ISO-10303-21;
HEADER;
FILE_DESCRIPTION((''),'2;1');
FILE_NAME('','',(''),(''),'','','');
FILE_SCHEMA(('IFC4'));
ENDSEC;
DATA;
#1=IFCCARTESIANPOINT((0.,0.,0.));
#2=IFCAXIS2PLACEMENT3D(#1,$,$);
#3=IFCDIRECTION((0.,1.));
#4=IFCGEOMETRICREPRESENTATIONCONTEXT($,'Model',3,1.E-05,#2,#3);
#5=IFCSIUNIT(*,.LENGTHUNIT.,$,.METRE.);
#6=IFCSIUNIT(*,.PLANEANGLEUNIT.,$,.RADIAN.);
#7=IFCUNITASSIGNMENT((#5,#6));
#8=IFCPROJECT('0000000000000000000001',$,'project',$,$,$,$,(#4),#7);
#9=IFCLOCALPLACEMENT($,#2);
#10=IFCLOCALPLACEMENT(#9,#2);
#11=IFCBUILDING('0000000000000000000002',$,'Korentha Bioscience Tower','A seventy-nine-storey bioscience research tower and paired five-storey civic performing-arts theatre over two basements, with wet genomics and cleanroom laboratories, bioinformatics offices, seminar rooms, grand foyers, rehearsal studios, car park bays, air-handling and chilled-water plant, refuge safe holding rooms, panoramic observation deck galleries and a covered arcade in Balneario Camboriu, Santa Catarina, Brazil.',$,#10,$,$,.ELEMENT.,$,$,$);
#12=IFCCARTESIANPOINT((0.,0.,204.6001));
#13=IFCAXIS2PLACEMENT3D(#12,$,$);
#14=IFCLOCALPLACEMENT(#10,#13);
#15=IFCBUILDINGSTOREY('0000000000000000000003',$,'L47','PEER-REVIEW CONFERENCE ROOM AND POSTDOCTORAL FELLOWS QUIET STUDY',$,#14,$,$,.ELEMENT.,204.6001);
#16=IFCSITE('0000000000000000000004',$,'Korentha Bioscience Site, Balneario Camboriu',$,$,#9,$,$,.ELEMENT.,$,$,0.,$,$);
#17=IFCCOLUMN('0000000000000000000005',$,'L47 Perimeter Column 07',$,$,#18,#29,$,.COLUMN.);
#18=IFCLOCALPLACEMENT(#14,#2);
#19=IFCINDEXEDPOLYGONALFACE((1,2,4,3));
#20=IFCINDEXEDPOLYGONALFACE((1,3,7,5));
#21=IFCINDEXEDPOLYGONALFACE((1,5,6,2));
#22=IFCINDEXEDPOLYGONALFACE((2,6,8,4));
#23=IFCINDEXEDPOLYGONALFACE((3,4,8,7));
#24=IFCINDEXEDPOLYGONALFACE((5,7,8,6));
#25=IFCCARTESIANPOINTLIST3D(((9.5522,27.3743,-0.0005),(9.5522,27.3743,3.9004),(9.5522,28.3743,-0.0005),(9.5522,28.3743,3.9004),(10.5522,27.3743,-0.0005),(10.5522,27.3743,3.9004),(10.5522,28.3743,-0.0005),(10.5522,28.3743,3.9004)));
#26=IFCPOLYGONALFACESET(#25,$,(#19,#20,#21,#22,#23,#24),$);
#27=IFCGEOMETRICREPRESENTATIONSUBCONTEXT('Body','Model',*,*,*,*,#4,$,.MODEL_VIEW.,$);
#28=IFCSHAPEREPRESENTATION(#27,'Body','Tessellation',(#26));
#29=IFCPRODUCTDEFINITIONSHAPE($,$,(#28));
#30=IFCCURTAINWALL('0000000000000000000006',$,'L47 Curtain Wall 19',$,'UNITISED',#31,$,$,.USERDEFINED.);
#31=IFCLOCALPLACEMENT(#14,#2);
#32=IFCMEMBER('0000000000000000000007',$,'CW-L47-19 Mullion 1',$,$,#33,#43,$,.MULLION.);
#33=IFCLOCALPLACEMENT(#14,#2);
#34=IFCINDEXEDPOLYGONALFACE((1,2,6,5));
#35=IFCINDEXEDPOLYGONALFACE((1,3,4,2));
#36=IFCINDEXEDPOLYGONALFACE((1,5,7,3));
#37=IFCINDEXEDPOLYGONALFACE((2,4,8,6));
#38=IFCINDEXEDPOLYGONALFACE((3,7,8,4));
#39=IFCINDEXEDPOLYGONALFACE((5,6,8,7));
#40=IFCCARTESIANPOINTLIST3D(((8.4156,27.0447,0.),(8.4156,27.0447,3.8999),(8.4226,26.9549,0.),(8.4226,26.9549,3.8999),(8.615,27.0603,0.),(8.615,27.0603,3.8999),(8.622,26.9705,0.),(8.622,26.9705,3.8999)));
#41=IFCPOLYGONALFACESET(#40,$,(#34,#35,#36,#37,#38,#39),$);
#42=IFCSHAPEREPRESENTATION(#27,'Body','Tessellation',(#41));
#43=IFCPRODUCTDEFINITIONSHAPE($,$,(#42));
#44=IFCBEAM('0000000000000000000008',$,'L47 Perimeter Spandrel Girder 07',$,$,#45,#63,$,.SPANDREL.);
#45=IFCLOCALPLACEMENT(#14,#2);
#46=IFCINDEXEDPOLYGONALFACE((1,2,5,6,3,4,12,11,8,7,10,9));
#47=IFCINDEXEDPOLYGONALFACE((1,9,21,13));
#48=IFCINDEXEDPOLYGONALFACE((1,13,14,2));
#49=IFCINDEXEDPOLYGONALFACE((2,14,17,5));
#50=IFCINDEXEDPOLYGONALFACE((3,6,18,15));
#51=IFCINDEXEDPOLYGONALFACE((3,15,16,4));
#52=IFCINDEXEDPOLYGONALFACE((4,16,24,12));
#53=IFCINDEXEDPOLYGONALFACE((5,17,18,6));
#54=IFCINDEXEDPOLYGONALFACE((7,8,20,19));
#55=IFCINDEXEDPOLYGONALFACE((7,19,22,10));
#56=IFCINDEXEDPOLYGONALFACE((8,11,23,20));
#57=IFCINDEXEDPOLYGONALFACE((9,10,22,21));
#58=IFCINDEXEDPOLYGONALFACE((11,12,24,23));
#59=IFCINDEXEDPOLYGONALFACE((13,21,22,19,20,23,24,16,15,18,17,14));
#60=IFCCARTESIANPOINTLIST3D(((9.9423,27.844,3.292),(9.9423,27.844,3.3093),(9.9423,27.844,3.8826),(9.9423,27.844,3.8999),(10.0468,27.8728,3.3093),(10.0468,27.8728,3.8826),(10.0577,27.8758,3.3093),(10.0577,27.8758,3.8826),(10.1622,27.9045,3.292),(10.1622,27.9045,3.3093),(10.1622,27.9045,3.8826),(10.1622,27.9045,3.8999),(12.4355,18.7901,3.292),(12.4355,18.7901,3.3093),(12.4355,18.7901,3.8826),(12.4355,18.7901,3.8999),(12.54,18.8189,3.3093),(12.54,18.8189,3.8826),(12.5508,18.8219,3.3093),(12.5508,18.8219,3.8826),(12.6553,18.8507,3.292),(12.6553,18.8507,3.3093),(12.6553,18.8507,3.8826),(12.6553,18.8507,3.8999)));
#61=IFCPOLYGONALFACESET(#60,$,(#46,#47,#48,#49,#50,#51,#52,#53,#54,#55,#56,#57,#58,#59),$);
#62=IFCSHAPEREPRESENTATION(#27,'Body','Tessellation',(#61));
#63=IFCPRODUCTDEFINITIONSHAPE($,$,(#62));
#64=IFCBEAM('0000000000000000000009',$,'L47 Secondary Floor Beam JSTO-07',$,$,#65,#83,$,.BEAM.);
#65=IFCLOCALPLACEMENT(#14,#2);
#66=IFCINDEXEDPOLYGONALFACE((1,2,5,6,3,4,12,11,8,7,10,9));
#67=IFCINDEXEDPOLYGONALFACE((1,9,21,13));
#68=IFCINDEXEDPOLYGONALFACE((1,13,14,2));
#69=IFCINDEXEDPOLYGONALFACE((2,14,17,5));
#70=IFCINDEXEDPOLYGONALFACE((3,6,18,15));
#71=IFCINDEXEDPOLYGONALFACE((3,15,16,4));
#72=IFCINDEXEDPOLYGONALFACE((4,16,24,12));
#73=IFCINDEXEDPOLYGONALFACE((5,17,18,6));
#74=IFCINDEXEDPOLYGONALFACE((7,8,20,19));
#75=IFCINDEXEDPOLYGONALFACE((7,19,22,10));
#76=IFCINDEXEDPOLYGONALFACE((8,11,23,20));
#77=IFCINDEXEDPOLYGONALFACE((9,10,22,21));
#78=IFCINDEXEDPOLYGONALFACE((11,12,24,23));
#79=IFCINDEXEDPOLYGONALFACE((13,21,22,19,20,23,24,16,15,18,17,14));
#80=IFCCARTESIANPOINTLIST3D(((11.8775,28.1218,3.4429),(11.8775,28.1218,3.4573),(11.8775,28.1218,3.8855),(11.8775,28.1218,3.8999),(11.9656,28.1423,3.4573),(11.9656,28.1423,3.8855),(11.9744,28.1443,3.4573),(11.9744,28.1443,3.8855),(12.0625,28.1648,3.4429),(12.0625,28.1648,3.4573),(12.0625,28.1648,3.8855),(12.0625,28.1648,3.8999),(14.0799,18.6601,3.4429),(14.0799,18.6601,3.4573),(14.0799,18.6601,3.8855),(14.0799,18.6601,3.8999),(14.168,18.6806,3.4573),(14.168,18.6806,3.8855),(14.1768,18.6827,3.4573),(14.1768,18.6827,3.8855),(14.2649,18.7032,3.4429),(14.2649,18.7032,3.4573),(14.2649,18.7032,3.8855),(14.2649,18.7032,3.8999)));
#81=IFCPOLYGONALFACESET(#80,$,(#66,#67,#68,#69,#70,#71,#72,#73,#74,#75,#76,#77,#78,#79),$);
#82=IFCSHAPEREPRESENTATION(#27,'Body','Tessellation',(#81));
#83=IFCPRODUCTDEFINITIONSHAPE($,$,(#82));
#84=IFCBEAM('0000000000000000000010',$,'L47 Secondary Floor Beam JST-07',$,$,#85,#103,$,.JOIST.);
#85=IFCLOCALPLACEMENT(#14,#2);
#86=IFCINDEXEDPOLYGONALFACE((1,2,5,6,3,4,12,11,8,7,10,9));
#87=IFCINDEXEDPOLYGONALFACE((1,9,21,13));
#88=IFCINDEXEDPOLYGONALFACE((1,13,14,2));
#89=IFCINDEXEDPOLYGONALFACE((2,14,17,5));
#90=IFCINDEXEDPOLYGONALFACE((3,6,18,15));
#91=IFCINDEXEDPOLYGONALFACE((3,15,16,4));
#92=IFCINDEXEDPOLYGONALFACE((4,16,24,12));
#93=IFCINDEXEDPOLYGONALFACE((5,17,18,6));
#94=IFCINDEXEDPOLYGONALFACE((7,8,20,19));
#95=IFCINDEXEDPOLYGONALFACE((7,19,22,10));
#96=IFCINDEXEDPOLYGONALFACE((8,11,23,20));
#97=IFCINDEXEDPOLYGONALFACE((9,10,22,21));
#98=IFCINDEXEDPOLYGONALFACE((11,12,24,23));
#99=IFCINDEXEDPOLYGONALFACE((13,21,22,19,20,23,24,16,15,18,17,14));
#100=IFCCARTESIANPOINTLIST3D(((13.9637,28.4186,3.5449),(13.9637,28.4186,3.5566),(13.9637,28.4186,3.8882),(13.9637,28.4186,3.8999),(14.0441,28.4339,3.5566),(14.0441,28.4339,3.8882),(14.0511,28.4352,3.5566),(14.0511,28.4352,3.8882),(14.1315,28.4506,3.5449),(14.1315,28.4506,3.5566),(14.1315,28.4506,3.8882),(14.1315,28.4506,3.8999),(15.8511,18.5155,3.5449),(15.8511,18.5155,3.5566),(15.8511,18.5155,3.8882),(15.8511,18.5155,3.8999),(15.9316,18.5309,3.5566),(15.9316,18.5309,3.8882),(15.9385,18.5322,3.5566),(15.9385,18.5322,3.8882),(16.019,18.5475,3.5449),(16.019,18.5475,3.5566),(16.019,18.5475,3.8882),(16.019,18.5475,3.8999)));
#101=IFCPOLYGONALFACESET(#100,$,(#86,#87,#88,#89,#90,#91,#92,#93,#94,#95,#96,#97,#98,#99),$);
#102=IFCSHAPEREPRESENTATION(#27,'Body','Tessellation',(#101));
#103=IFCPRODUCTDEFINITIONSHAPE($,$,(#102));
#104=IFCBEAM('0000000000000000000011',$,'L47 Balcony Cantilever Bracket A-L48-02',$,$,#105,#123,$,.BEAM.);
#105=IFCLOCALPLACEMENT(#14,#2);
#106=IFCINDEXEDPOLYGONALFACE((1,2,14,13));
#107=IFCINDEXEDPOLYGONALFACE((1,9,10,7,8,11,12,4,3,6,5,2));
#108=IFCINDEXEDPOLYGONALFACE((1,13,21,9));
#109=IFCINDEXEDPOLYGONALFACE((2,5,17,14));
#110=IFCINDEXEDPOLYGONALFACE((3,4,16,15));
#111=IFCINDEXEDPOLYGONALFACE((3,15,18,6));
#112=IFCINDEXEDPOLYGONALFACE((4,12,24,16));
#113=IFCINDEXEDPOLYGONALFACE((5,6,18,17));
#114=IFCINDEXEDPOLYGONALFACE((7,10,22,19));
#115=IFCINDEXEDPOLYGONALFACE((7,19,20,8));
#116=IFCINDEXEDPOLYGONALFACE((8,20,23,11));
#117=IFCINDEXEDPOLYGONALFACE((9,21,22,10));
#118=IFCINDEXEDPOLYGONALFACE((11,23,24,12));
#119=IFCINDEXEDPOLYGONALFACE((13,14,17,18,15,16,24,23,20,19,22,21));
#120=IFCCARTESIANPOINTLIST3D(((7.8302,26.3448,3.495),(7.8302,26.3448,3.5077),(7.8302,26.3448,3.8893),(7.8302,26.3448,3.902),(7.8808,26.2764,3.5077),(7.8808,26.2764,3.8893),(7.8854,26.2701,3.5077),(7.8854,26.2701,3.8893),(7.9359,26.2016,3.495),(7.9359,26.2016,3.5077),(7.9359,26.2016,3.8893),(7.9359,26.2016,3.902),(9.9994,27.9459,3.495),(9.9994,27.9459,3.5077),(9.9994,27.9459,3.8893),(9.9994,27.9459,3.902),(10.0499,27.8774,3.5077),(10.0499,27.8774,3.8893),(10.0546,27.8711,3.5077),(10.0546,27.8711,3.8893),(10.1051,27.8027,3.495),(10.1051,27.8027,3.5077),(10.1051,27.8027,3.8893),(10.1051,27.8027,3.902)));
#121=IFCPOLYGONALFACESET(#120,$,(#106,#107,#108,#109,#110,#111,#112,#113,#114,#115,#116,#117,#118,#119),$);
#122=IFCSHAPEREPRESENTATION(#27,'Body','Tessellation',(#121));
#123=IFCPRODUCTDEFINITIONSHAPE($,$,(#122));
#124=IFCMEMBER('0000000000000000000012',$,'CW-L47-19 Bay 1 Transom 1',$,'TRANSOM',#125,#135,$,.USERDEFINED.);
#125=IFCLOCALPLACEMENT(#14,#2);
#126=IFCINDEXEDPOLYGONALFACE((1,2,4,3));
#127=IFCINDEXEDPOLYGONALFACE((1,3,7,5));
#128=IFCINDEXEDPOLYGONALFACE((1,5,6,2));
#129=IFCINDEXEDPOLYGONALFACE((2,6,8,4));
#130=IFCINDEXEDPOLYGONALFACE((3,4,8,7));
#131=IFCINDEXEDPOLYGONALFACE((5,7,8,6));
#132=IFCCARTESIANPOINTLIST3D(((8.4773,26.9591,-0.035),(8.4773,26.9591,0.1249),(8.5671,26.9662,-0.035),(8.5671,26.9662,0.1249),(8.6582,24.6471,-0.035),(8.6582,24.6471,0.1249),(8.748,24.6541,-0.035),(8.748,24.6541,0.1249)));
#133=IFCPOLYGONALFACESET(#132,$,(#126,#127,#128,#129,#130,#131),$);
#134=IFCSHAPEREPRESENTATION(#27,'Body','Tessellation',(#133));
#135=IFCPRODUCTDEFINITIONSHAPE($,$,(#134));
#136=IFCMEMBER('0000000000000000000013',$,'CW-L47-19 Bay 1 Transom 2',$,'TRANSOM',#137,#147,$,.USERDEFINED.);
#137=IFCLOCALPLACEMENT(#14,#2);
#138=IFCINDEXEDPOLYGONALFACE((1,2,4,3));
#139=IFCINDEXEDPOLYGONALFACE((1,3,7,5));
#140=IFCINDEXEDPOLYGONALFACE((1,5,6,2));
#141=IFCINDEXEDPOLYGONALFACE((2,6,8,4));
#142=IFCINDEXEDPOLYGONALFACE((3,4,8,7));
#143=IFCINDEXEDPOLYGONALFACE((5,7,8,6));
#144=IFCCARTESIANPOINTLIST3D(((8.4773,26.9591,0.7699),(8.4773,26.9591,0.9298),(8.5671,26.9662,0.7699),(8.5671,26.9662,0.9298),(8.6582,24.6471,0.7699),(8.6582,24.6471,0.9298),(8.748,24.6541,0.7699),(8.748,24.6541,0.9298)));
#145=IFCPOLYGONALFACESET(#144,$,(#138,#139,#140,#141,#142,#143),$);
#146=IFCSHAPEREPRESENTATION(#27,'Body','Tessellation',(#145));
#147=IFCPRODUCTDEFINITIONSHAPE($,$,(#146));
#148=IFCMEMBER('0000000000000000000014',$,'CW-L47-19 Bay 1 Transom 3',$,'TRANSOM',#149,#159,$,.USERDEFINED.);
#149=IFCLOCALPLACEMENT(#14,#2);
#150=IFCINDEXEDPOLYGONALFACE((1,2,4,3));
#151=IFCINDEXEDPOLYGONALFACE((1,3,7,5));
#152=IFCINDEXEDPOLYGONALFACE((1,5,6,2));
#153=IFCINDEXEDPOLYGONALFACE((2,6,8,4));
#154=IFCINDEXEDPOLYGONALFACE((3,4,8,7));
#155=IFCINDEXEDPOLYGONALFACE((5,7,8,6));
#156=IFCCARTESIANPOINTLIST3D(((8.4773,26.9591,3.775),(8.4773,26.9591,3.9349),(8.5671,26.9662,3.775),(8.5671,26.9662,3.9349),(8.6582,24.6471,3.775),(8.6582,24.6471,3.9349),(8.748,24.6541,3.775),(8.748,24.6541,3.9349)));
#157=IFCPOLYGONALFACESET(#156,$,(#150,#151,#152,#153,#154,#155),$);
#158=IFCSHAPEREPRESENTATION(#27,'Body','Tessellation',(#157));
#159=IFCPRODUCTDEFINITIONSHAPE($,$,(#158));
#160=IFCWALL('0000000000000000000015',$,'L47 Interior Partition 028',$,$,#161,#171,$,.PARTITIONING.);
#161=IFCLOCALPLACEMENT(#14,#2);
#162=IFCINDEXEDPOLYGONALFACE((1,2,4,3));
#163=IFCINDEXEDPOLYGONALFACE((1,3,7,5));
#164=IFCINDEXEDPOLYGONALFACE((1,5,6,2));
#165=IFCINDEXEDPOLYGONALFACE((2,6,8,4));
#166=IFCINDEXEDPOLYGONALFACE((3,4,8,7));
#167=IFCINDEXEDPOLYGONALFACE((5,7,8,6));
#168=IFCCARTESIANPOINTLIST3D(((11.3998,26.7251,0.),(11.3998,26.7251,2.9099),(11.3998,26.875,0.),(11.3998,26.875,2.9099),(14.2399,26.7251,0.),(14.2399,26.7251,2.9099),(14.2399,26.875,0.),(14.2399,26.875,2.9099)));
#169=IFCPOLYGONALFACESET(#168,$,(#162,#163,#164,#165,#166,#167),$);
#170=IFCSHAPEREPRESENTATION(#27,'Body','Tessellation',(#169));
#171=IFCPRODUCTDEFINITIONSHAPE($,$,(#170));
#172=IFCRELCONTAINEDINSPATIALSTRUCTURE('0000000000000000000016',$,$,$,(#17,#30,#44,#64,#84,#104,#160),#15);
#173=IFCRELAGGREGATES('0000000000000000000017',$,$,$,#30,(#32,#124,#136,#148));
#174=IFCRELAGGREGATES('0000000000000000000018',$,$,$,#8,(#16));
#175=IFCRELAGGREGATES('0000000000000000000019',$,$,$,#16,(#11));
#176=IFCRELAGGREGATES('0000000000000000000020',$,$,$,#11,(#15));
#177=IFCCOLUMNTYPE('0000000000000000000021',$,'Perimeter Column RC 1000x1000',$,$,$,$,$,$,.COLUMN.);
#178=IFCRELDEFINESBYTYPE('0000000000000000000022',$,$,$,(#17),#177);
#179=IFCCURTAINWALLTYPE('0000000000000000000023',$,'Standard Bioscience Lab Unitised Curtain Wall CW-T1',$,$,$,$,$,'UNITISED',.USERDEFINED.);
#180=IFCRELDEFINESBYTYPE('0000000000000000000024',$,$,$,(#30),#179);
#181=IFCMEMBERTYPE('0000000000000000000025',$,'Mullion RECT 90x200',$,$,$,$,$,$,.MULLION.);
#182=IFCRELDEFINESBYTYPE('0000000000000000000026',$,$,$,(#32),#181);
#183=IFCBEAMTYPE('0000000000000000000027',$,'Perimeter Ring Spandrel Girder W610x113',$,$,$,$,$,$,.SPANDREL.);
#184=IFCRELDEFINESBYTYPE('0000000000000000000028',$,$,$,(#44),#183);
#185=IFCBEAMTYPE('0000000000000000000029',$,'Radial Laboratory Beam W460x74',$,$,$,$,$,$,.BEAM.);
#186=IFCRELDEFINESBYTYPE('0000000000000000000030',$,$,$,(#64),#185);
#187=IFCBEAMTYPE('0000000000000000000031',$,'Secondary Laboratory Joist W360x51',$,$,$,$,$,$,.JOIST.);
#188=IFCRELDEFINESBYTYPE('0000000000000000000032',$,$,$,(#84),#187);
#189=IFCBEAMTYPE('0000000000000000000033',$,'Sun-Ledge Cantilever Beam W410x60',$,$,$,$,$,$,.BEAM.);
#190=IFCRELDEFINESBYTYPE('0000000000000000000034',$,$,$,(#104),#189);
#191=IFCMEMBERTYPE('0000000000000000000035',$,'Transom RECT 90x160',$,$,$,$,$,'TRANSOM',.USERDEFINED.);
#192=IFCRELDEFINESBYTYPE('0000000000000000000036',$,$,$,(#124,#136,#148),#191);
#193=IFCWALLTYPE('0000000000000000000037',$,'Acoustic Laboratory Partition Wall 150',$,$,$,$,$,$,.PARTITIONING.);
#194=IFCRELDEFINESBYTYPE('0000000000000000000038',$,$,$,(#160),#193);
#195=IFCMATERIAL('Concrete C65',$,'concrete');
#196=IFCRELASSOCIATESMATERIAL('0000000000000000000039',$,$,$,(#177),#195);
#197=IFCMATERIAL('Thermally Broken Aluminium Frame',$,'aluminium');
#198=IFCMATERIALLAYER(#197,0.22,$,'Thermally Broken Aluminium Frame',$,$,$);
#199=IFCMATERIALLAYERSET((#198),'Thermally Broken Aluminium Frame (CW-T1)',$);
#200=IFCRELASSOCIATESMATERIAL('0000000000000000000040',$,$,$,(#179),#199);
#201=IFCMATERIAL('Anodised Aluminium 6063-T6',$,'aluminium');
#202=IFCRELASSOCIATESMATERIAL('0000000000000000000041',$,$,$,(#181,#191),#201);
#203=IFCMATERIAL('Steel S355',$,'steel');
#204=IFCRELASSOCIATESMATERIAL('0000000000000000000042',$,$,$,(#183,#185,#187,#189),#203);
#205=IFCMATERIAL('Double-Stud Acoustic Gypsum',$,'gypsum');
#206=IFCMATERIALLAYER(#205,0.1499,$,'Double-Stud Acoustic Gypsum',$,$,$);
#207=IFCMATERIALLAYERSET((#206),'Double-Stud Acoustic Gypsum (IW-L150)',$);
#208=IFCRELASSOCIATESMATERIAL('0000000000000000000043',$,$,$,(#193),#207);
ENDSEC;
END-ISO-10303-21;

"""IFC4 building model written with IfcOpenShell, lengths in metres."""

from ifc_helpers import new_model, si_unit, direction, frame, frame_2d, origin, origin_2d, place, context, subcontext, project, spatial, rectangle, i_section, extrude, material, layer, layer_set, material_profile, profile_set, type_object, element, aggregate, save


model = new_model("IFC4")

# Units and contexts
model_context = context("Model", 3, precision=1e-05, world=origin(), true_north=direction((0.0, 1.0)))
body_context = subcontext(model_context, "Body", "Model", "MODEL_VIEW")
ifc_project = project(units=[si_unit("LENGTHUNIT", "METRE"), si_unit("PLANEANGLEUNIT", "RADIAN")], contexts=[model_context])

# Site, building, storey
site_placement = place(None, origin())
site = spatial("IfcSite", under=ifc_project, at=site_placement, Name="Korentha Bioscience Site, Balneario Camboriu", CompositionType="ELEMENT", RefElevation=0.0)
building_placement = place(site_placement, origin())
building = spatial("IfcBuilding", under=site, at=building_placement, Name="Korentha Bioscience Tower", Description="A seventy-nine-storey bioscience research tower and paired five-storey civic performing-arts theatre over two basements, with wet genomics and cleanroom laboratories, bioinformatics offices, seminar rooms, grand foyers, rehearsal studios, car park bays, air-handling and chilled-water plant, refuge safe holding rooms, panoramic observation deck galleries and a covered arcade in Balneario Camboriu, Santa Catarina, Brazil.", CompositionType="ELEMENT")
storey_placement = place(building_placement, frame((0.0, 0.0, 204.6001)))
storey = spatial("IfcBuildingStorey", under=building, at=storey_placement, Name="L47", Description="PEER-REVIEW CONFERENCE ROOM AND POSTDOCTORAL FELLOWS QUIET STUDY", CompositionType="ELEMENT", Elevation=204.6001)

# Column
ifc_material_1 = material(Name="Concrete C65", Category="concrete")
ifc_material_profile_1 = material_profile(ifc_material_1, rectangle(XDim=1.0, YDim=1.0, at=origin_2d()), Name="Concrete C65")
ifc_profile_set_1 = profile_set([ifc_material_profile_1], Name="Concrete C65 (COL-P10)")
column_type = type_object("IfcColumnType", Name="Perimeter Column RC 1000x1000", PredefinedType="COLUMN", material=ifc_profile_set_1)
column_placement = place(storey_placement, frame((10.0522, 27.8743, -0.0005), z_axis=(0.0, 0.0, 1.0), x_axis=(0.0, 1.0, 0.0)))
element("IfcColumn", 1, at=column_placement, inside=storey, type_object=column_type, Name="L47 Perimeter Column 07", PredefinedType="COLUMN", context=body_context, shape_type="SweptSolid", body=[
    extrude(rectangle(XDim=1.0, YDim=1.0, at=origin_2d()), origin(), (0.0, 0.0, 1.0), 3.9009),
])

# Curtain wall, member
ifc_material_2 = material(Name="Thermally Broken Aluminium Frame", Category="aluminium")
ifc_layer_1 = layer(ifc_material_2, 0.22, Name="Thermally Broken Aluminium Frame")
ifc_layer_set_1 = layer_set([ifc_layer_1], Name="Thermally Broken Aluminium Frame (CW-T1)")
curtain_wall_type = type_object("IfcCurtainWallType", Name="Standard Bioscience Lab Unitised Curtain Wall CW-T1", ElementType="UNITISED", PredefinedType="USERDEFINED", material=ifc_layer_set_1)
curtain_wall_placement = place(storey_placement, origin())
curtain_wall = element("IfcCurtainWall", 2, at=curtain_wall_placement, inside=storey, type_object=curtain_wall_type, Name="L47 Curtain Wall 19", ObjectType="UNITISED", PredefinedType="USERDEFINED")
ifc_material_3 = material(Name="Anodised Aluminium 6063-T6", Category="aluminium")
ifc_material_profile_2 = material_profile(ifc_material_3, rectangle(XDim=0.0901, YDim=0.2, at=origin_2d()), Name="Anodised Aluminium 6063-T6")
ifc_profile_set_2 = profile_set([ifc_material_profile_2], Name="Anodised Aluminium 6063-T6 (CW-MUL)")
member_type_1 = type_object("IfcMemberType", Name="Mullion RECT 90x200", PredefinedType="MULLION", material=ifc_profile_set_2)
member_1_placement = place(storey_placement, frame((8.5188, 27.0076, 0.0), z_axis=(0.0, 0.0, 1.0), x_axis=(0.077988, -0.996954, 0.0)))
member_1 = element("IfcMember", 3, at=member_1_placement, type_object=member_type_1, Name="CW-L47-19 Mullion 1", PredefinedType="MULLION", context=body_context, shape_type="SweptSolid", body=[
    extrude(rectangle(XDim=0.0901, YDim=0.2, at=origin_2d()), origin(), (0.0, 0.0, 1.0), 3.8999),
])

# Beams
ifc_material_4 = material(Name="Steel S355", Category="steel")
ifc_material_profile_3 = material_profile(ifc_material_4, i_section(OverallWidth=0.228, OverallDepth=0.6079, WebThickness=0.0112, FlangeThickness=0.0173, at=origin_2d()), Name="Steel S355")
ifc_profile_set_3 = profile_set([ifc_material_profile_3], Name="Steel S355 (SB-610)")
beam_type_1 = type_object("IfcBeamType", Name="Perimeter Ring Spandrel Girder W610x113", PredefinedType="SPANDREL", material=ifc_profile_set_3)
beam_1_placement = place(storey_placement, frame((10.0522, 27.8743, 3.5959), z_axis=(0.265486, -0.964115, 0.0), x_axis=(0.964115, 0.265486, 0.0)))
element("IfcBeam", 4, at=beam_1_placement, inside=storey, type_object=beam_type_1, Name="L47 Perimeter Spandrel Girder 07", PredefinedType="SPANDREL", context=body_context, shape_type="SweptSolid", body=[
    extrude(i_section(OverallWidth=0.228, OverallDepth=0.6079, WebThickness=0.0112, FlangeThickness=0.0173, at=origin_2d()), origin(), (0.0, 0.0, 1.0), 9.3909),
])
ifc_material_profile_4 = material_profile(ifc_material_4, i_section(OverallWidth=0.1899, OverallDepth=0.457, WebThickness=0.009, FlangeThickness=0.0144, at=origin_2d()), Name="Steel S355")
ifc_profile_set_4 = profile_set([ifc_material_profile_4], Name="Steel S355 (RB-460)")
beam_type_2 = type_object("IfcBeamType", Name="Radial Laboratory Beam W460x74", PredefinedType="BEAM", material=ifc_profile_set_4)
beam_2_placement = place(storey_placement, frame((11.97, 28.1433, 3.6714), z_axis=(0.226709, -0.973962, 0.0), x_axis=(0.973962, 0.226709, 0.0)))
element("IfcBeam", 5, at=beam_2_placement, inside=storey, type_object=beam_type_2, Name="L47 Secondary Floor Beam JSTO-07", PredefinedType="BEAM", context=body_context, shape_type="SweptSolid", body=[
    extrude(i_section(OverallWidth=0.1899, OverallDepth=0.457, WebThickness=0.009, FlangeThickness=0.0144, at=origin_2d()), origin(), (0.0, 0.0, 1.0), 9.7146),
])
ifc_material_profile_5 = material_profile(ifc_material_4, i_section(OverallWidth=0.1709, OverallDepth=0.355, WebThickness=0.0071, FlangeThickness=0.0117, at=origin_2d()), Name="Steel S355")
ifc_profile_set_5 = profile_set([ifc_material_profile_5], Name="Steel S355 (JB-360)")
beam_type_3 = type_object("IfcBeamType", Name="Secondary Laboratory Joist W360x51", PredefinedType="JOIST", material=ifc_profile_set_5)
beam_3_placement = place(storey_placement, frame((14.0476, 28.4346, 3.7224), z_axis=(0.187222, -0.982318, 0.0), x_axis=(0.982318, 0.187222, 0.0)))
element("IfcBeam", 6, at=beam_3_placement, inside=storey, type_object=beam_type_3, Name="L47 Secondary Floor Beam JST-07", PredefinedType="JOIST", context=body_context, shape_type="SweptSolid", body=[
    extrude(i_section(OverallWidth=0.1709, OverallDepth=0.355, WebThickness=0.0071, FlangeThickness=0.0117, at=origin_2d()), origin(), (0.0, 0.0, 1.0), 10.0813),
])
ifc_material_profile_6 = material_profile(ifc_material_4, i_section(OverallWidth=0.178, OverallDepth=0.407, WebThickness=0.0078, FlangeThickness=0.0127, at=origin_2d()), Name="Steel S355")
ifc_profile_set_6 = profile_set([ifc_material_profile_6], Name="Steel S355 (CB-410)")
beam_type_4 = type_object("IfcBeamType", Name="Sun-Ledge Cantilever Beam W410x60", PredefinedType="BEAM", material=ifc_profile_set_6)
beam_4_placement = place(storey_placement, frame((10.0522, 27.8743, 3.6985), z_axis=(-0.804573, -0.593854, 0.0), x_axis=(0.593854, -0.804573, 0.0)))
element("IfcBeam", 7, at=beam_4_placement, inside=storey, type_object=beam_type_4, Name="L47 Balcony Cantilever Bracket A-L48-02", PredefinedType="BEAM", context=body_context, shape_type="SweptSolid", body=[
    extrude(i_section(OverallWidth=0.178, OverallDepth=0.407, WebThickness=0.0078, FlangeThickness=0.0127, at=origin_2d()), origin(), (0.0, 0.0, 1.0), 2.696),
])

# Members
ifc_material_profile_7 = material_profile(ifc_material_3, rectangle(XDim=0.0901, YDim=0.1599, at=origin_2d()), Name="Anodised Aluminium 6063-T6")
ifc_profile_set_7 = profile_set([ifc_material_profile_7], Name="Anodised Aluminium 6063-T6 (CW-TRN)")
member_type_2 = type_object("IfcMemberType", Name="Transom RECT 90x160", ElementType="TRANSOM", PredefinedType="USERDEFINED", material=ifc_profile_set_7)
member_2_placement = place(storey_placement, frame((8.5222, 26.9626, 0.0449), z_axis=(0.078009, -0.996953, 0.0), x_axis=(0.996953, 0.078009, 0.0)))
member_2 = element("IfcMember", 8, at=member_2_placement, type_object=member_type_2, Name="CW-L47-19 Bay 1 Transom 1", ObjectType="TRANSOM", PredefinedType="USERDEFINED", context=body_context, shape_type="SweptSolid", body=[
    extrude(rectangle(XDim=0.0901, YDim=0.1599, at=origin_2d()), origin(), (0.0, 0.0, 1.0), 2.3191),
])
member_3_placement = place(storey_placement, frame((8.5222, 26.9626, 0.8499), z_axis=(0.078009, -0.996953, 0.0), x_axis=(0.996953, 0.078009, 0.0)))
member_3 = element("IfcMember", 9, at=member_3_placement, type_object=member_type_2, Name="CW-L47-19 Bay 1 Transom 2", ObjectType="TRANSOM", PredefinedType="USERDEFINED", context=body_context, shape_type="SweptSolid", body=[
    extrude(rectangle(XDim=0.0901, YDim=0.1599, at=origin_2d()), origin(), (0.0, 0.0, 1.0), 2.3191),
])
member_4_placement = place(storey_placement, frame((8.5222, 26.9626, 3.855), z_axis=(0.078009, -0.996953, 0.0), x_axis=(0.996953, 0.078009, 0.0)))
member_4 = element("IfcMember", 10, at=member_4_placement, type_object=member_type_2, Name="CW-L47-19 Bay 1 Transom 3", ObjectType="TRANSOM", PredefinedType="USERDEFINED", context=body_context, shape_type="SweptSolid", body=[
    extrude(rectangle(XDim=0.0901, YDim=0.1599, at=origin_2d()), origin(), (0.0, 0.0, 1.0), 2.3191),
])
aggregate(curtain_wall, [member_1, member_2, member_3, member_4])

# Shared definitions
ifc_material_5 = material(Name="Double-Stud Acoustic Gypsum", Category="gypsum")
ifc_layer_2 = layer(ifc_material_5, 0.1499, Name="Double-Stud Acoustic Gypsum")
ifc_layer_set_2 = layer_set([ifc_layer_2], Name="Double-Stud Acoustic Gypsum (IW-L150)")
wall_type_1 = type_object("IfcWallType", Name="Acoustic Laboratory Partition Wall 150", PredefinedType="PARTITIONING", material=ifc_layer_set_2)

# Wall
wall_1_placement = place(storey_placement, frame((11.3999, 26.8, 0.0), z_axis=(0.0, 0.0, 1.0), x_axis=(1.0, 0.0, 0.0)))
element("IfcWall", 11, at=wall_1_placement, inside=storey, type_object=wall_type_1, Name="L47 Interior Partition 028", PredefinedType="PARTITIONING", context=body_context, shape_type="SweptSolid", body=[
    extrude(rectangle(XDim=2.8401, YDim=0.1499, at=frame_2d((1.4199, 0.0))), origin(), (0.0, 0.0, 1.0), 2.9099),
])

save(model, "model.ifc")
